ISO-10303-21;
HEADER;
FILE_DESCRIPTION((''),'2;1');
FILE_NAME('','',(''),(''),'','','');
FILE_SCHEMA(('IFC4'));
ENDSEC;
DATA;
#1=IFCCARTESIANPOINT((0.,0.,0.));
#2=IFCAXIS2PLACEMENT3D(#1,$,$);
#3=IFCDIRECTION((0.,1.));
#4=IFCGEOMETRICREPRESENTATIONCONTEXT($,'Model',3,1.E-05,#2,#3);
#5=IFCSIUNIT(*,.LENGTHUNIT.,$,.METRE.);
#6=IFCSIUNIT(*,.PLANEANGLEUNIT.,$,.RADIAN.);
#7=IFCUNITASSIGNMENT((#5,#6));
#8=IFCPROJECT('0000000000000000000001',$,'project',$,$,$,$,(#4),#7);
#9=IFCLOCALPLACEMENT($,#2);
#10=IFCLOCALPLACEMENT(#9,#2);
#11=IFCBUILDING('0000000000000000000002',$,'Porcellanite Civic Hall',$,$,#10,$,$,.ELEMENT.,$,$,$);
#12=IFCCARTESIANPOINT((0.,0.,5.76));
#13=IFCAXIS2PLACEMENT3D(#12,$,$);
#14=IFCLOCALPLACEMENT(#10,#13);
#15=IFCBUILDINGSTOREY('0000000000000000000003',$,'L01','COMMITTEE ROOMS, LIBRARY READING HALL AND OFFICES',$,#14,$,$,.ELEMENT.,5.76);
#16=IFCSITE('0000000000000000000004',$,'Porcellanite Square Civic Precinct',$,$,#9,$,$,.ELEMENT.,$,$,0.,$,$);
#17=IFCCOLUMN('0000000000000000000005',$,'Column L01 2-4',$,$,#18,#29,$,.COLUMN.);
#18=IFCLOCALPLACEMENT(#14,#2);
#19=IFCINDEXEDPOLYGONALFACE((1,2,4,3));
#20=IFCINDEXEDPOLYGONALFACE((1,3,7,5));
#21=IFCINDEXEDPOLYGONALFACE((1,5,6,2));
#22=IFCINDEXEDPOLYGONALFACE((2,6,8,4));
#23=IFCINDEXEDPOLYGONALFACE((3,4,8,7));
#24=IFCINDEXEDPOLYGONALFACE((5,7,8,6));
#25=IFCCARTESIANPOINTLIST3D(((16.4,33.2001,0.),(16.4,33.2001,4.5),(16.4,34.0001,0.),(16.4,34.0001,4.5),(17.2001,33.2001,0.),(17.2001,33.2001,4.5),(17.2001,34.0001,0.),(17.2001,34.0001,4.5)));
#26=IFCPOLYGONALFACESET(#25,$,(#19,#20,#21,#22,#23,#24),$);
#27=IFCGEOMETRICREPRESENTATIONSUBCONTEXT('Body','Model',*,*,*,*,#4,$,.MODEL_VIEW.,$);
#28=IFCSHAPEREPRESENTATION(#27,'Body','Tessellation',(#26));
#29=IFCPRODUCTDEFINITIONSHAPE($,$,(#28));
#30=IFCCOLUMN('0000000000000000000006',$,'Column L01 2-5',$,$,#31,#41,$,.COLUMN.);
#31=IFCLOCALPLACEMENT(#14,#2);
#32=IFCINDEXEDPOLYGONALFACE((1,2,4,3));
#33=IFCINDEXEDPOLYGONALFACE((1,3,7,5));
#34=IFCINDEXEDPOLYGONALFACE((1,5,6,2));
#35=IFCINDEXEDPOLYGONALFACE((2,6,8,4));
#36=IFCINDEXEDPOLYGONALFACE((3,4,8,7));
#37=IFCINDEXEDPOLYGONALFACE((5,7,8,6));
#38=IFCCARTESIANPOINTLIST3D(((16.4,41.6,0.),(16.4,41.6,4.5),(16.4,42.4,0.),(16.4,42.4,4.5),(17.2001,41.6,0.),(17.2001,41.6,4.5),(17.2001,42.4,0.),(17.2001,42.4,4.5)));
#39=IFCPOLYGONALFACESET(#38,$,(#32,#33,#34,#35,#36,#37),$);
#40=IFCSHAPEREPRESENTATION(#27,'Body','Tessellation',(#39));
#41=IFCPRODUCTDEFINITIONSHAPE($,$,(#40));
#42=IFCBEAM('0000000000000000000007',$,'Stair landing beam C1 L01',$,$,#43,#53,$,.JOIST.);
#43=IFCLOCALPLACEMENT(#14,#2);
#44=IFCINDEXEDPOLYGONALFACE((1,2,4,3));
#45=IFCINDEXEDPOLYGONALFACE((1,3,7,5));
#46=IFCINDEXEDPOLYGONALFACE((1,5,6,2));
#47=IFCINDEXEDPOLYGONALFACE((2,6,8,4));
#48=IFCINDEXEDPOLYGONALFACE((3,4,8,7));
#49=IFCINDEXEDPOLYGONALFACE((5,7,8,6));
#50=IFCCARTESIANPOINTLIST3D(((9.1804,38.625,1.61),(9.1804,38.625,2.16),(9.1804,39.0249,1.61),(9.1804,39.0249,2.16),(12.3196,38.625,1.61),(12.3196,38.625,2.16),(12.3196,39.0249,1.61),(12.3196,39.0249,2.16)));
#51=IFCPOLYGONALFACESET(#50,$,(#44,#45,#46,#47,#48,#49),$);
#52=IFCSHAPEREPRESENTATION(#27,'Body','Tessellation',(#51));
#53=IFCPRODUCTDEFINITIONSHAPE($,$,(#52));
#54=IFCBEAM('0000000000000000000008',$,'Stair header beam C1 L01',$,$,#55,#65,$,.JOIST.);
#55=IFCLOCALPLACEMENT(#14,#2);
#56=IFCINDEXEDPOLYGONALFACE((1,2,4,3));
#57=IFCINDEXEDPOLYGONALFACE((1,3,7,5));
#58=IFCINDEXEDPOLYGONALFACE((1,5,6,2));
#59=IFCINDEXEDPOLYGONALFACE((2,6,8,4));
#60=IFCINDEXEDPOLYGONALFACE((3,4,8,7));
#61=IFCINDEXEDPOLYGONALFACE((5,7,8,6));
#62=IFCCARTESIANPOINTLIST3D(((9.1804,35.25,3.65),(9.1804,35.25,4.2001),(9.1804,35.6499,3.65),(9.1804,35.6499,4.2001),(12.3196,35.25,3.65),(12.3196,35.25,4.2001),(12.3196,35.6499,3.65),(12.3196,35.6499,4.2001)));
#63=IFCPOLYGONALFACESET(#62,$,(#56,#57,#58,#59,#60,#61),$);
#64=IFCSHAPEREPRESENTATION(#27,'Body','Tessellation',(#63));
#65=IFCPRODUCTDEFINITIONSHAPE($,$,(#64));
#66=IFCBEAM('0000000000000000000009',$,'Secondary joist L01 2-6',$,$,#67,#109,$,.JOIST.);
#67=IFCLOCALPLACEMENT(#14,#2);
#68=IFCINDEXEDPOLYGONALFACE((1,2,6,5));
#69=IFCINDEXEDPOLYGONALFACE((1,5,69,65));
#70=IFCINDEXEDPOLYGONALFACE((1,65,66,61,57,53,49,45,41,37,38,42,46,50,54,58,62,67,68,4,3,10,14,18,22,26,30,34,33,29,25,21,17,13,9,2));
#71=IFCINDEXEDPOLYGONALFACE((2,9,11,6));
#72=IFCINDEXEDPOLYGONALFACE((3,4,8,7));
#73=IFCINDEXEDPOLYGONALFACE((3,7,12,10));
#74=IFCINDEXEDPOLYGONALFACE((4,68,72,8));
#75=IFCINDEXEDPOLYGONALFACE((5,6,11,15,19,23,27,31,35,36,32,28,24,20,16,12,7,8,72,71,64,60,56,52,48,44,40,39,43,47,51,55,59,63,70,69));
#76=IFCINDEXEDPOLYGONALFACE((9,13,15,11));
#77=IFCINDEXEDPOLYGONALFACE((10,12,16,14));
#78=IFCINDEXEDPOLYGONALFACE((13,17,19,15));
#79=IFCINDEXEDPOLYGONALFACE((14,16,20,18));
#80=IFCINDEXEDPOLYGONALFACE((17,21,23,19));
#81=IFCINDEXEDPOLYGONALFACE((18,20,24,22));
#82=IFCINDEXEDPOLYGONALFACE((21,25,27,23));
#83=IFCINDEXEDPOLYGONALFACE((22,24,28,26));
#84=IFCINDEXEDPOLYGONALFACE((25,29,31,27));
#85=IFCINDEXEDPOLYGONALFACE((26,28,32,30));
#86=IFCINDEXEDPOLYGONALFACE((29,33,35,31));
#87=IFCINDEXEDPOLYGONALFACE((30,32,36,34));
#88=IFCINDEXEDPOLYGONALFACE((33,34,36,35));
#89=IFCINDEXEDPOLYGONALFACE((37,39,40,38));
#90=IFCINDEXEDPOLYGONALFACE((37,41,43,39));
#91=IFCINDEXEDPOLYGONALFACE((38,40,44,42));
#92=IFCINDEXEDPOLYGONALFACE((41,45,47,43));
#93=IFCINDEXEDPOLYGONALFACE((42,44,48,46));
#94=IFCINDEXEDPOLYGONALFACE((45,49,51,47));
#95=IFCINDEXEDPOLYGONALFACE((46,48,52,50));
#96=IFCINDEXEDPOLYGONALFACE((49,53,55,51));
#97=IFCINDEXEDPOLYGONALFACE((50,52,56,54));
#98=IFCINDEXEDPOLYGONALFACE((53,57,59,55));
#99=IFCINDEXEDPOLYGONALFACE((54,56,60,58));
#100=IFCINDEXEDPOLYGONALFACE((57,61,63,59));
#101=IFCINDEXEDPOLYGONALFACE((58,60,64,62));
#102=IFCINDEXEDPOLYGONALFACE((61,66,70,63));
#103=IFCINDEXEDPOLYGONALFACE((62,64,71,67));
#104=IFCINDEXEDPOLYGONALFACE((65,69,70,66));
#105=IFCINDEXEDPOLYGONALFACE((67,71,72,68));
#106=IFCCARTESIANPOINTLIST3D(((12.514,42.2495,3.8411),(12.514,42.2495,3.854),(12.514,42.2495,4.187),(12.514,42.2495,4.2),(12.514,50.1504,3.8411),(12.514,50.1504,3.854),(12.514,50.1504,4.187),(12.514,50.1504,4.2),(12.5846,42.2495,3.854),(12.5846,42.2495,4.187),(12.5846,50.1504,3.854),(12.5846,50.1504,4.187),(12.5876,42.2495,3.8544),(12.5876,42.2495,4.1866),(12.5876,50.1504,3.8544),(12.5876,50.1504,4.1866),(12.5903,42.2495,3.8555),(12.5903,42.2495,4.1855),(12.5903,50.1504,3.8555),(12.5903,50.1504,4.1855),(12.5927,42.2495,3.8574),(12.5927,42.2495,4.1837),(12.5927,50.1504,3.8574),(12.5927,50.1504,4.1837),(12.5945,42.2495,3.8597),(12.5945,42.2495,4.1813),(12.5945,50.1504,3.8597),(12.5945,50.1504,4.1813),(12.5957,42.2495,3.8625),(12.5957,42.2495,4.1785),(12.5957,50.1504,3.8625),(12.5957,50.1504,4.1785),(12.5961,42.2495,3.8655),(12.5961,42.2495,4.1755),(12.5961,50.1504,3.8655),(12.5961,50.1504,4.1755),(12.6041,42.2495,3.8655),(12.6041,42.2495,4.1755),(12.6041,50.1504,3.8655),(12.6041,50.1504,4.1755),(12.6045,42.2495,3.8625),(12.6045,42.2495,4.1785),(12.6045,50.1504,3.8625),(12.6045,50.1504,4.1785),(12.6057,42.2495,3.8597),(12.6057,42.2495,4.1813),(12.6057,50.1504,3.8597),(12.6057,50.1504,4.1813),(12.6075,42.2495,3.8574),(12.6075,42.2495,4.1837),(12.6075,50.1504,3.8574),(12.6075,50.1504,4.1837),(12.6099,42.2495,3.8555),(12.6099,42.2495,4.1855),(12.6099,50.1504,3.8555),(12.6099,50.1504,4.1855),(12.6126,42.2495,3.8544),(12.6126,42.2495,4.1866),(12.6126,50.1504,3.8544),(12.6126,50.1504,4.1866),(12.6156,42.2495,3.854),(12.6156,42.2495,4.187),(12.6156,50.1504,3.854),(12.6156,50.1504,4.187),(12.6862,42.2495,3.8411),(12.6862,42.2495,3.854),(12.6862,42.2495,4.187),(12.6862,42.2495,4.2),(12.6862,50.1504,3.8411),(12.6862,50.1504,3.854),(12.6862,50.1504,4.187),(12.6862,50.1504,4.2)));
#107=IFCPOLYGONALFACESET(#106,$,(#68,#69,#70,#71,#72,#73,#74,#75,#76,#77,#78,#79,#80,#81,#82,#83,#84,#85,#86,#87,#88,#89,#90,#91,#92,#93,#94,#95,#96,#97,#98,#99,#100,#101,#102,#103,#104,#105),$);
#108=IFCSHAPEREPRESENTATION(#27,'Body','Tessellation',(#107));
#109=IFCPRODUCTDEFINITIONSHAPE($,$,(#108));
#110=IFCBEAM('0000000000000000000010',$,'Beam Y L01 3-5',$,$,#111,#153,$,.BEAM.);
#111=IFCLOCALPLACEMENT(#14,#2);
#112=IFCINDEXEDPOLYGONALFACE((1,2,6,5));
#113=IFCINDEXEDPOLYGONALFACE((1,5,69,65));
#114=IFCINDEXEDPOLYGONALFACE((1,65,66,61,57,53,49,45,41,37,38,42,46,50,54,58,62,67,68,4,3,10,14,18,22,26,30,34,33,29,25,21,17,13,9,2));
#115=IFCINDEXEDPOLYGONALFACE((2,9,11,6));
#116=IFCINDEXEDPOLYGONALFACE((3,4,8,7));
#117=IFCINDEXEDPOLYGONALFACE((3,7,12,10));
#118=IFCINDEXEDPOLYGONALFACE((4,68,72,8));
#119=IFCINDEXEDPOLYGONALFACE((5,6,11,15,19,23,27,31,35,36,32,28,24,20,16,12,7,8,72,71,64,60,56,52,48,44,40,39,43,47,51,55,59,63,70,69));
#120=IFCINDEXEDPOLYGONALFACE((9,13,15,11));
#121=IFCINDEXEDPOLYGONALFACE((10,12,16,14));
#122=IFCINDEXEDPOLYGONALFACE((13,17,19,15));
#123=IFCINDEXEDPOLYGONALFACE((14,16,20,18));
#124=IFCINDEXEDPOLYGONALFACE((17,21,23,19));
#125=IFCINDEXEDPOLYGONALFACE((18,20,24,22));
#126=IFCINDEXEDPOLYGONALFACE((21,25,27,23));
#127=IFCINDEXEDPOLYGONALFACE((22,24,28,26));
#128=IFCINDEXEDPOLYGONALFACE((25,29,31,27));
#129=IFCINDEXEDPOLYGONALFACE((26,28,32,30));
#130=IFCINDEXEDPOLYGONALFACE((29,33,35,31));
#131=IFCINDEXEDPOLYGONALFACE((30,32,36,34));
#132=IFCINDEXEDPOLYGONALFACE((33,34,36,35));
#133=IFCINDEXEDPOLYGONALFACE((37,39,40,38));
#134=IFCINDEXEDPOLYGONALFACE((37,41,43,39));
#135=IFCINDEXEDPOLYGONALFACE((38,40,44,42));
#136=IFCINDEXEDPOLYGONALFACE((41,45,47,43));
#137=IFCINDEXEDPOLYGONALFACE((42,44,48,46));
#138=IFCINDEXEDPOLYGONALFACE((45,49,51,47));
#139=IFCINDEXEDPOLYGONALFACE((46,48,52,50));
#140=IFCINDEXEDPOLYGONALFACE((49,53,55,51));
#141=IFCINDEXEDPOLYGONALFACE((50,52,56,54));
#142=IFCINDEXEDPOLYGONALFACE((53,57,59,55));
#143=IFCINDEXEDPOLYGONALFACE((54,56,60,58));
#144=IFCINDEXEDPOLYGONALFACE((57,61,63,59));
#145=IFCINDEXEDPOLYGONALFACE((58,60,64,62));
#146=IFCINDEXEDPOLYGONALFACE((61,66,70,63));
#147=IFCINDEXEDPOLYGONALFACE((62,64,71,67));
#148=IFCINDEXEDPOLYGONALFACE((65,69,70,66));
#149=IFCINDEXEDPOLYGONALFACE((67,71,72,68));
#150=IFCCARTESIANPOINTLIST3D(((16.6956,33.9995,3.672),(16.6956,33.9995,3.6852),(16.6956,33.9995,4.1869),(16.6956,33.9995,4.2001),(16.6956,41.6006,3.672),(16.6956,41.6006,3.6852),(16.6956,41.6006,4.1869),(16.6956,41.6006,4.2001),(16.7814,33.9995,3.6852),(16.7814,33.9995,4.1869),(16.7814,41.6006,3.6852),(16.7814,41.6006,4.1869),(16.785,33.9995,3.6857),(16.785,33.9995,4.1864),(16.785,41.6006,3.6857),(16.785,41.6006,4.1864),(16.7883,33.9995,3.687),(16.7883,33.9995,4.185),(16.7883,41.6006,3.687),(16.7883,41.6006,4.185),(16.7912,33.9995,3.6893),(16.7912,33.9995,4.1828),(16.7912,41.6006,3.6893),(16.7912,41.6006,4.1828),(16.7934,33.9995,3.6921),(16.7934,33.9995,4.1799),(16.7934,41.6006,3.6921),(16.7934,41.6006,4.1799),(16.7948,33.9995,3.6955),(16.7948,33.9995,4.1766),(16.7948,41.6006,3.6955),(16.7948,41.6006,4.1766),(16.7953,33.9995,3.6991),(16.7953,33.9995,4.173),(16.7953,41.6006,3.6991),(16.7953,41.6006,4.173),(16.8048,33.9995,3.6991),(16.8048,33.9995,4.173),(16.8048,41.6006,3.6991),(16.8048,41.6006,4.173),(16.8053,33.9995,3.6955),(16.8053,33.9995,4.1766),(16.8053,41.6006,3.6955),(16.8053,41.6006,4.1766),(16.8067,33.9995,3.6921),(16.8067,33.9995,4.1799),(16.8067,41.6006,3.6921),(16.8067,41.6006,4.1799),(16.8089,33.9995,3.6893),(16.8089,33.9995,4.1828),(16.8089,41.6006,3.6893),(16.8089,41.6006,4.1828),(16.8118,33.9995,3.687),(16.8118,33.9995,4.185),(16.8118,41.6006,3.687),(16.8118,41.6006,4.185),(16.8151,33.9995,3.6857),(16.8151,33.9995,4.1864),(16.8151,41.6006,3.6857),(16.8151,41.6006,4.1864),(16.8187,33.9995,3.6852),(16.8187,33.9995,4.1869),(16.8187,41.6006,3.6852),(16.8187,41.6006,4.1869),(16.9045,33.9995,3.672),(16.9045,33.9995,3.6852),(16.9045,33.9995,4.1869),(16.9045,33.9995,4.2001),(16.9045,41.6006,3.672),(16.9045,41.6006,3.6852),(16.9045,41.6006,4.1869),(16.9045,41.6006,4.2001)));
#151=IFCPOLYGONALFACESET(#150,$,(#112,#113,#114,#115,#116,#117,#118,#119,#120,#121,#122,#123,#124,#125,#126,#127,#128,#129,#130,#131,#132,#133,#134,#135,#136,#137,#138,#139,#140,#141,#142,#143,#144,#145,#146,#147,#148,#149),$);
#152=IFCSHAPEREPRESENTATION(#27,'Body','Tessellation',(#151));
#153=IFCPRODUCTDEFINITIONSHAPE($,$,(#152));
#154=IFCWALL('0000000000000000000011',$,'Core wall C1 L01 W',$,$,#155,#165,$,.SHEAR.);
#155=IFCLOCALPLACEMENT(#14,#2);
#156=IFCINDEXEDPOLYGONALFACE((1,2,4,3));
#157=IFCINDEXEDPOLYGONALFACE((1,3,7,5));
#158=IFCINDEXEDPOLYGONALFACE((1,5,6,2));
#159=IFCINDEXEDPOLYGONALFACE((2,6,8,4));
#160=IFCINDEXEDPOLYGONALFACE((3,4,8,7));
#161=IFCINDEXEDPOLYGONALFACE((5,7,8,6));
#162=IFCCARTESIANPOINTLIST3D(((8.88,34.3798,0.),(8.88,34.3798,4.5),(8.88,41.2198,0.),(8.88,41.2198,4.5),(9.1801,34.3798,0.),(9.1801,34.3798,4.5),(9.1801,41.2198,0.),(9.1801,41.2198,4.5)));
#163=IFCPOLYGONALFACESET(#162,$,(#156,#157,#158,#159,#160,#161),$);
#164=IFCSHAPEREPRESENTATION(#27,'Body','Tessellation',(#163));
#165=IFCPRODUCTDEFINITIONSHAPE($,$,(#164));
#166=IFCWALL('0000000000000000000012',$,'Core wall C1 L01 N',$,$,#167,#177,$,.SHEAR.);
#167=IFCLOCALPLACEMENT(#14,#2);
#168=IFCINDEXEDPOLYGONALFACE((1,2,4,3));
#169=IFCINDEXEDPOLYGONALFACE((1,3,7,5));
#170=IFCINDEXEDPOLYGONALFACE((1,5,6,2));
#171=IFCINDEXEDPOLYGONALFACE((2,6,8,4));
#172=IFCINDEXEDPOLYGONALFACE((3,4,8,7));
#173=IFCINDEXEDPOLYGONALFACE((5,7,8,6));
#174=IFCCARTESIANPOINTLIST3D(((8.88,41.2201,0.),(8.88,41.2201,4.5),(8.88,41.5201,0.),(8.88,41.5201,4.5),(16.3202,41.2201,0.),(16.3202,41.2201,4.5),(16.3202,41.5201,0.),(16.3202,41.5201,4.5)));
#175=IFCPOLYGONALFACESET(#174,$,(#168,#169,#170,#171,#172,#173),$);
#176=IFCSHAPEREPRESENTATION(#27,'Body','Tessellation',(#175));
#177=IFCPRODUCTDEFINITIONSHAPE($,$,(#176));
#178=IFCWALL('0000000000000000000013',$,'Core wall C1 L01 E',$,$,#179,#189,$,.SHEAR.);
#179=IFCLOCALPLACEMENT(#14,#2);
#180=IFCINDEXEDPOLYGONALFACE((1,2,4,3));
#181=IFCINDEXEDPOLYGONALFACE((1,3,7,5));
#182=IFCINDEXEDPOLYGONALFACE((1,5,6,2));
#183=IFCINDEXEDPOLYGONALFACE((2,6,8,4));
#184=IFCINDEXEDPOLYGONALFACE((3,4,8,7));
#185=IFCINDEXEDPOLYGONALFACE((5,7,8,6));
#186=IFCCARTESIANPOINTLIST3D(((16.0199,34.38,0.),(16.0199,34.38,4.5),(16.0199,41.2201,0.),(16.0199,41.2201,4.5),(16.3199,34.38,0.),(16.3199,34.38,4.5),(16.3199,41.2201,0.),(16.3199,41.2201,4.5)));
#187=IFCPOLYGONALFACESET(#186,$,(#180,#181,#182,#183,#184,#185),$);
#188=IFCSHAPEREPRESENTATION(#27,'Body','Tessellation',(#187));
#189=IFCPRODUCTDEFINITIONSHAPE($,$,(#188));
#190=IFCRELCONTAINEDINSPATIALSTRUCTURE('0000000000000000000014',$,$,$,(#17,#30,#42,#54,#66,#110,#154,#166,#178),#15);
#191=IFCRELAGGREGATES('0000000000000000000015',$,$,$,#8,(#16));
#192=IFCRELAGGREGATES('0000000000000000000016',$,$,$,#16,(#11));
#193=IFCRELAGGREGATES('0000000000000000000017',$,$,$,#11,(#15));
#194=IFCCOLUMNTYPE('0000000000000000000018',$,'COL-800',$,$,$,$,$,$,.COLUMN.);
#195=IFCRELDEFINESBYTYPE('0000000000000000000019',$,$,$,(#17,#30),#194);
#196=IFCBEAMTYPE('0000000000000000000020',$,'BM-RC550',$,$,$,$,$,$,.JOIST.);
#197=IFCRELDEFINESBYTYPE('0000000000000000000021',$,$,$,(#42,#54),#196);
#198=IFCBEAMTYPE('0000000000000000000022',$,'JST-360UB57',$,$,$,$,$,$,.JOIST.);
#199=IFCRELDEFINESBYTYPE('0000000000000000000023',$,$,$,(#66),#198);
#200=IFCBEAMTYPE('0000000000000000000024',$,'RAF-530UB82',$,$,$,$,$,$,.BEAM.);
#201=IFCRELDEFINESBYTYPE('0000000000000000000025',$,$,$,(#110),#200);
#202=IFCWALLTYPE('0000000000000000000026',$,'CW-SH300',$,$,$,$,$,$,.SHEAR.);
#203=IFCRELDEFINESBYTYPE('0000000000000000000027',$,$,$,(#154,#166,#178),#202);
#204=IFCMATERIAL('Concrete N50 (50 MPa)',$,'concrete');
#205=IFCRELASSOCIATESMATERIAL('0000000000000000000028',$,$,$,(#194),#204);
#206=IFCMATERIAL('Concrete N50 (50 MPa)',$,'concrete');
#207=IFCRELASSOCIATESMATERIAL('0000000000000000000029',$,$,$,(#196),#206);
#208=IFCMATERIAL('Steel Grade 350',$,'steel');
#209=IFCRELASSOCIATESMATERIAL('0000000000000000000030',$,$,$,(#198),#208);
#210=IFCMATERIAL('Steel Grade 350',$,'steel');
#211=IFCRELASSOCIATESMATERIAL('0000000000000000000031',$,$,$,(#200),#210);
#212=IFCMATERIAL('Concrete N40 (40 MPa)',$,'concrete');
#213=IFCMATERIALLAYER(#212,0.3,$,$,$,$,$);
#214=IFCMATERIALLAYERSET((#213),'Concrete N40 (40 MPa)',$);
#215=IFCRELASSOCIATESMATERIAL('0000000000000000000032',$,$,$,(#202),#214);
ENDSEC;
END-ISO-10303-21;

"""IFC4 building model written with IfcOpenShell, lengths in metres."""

from ifc_helpers import new_model, si_unit, direction, frame, frame_2d, origin, origin_2d, place, context, subcontext, project, spatial, rectangle, i_section, extrude, material, layer, layer_set, material_profile, profile_set, type_object, element, save


model = new_model("IFC4")

# Units and contexts
model_context = context("Model", 3, precision=1e-05, world=origin(), true_north=direction((0.0, 1.0)))
body_context = subcontext(model_context, "Body", "Model", "MODEL_VIEW")
ifc_project = project(units=[si_unit("LENGTHUNIT", "METRE"), si_unit("PLANEANGLEUNIT", "RADIAN")], contexts=[model_context])

# Site, building, storey
site_placement = place(None, origin())
site = spatial("IfcSite", under=ifc_project, at=site_placement, Name="Porcellanite Square Civic Precinct", CompositionType="ELEMENT", RefElevation=0.0)
building_placement = place(site_placement, origin())
building = spatial("IfcBuilding", under=site, at=building_placement, Name="Porcellanite Civic Hall", CompositionType="ELEMENT")
storey_placement = place(building_placement, frame((0.0, 0.0, 5.76)))
storey = spatial("IfcBuildingStorey", under=building, at=storey_placement, Name="L01", Description="COMMITTEE ROOMS, LIBRARY READING HALL AND OFFICES", CompositionType="ELEMENT", Elevation=5.76)

# Columns
ifc_material_1 = material(Name="Concrete N50 (50 MPa)", Category="concrete")
ifc_material_profile_1 = material_profile(ifc_material_1, rectangle(XDim=0.8, YDim=0.8, at=origin_2d()), Name="RC-800x800")
ifc_profile_set_1 = profile_set([ifc_material_profile_1], Name="Concrete N50 (50 MPa)")
column_type = type_object("IfcColumnType", Name="COL-800", PredefinedType="COLUMN", material=ifc_profile_set_1)
for number, where, z_axis, x_axis, name in (
    (1, (16.8, 33.6001, 0.0), (0.0, 0.0, 1.0), (1.0, 0.0, 0.0), "Column L01 2-4"),
    (2, (16.8, 42.0, 0.0), (0.0, 0.0, 1.0), (1.0, 0.0, 0.0), "Column L01 2-5"),
):
    element("IfcColumn", number, at=place(storey_placement, frame(where, z_axis=z_axis, x_axis=x_axis)), inside=storey, type_object=column_type, Name=name, PredefinedType="COLUMN", context=body_context, shape_type="SweptSolid", body=[
        extrude(rectangle(XDim=0.8, YDim=0.8, at=origin_2d()), origin(), (0.0, 0.0, 1.0), 4.5),
    ])

# Beams
ifc_material_2 = material(Name="Concrete N50 (50 MPa)", Category="concrete")
ifc_material_profile_2 = material_profile(ifc_material_2, rectangle(XDim=0.3999, YDim=0.55, at=origin_2d()), Name="RC-400x550")
ifc_profile_set_2 = profile_set([ifc_material_profile_2], Name="Concrete N50 (50 MPa)")
beam_type_1 = type_object("IfcBeamType", Name="BM-RC550", PredefinedType="JOIST", material=ifc_profile_set_2)
for number, where, z_axis, x_axis, name in (
    (3, (9.1804, 38.825, 1.885), (1.0, 0.0, 0.0), (0.0, 1.0, 0.0), "Stair landing beam C1 L01"),
    (4, (9.1804, 35.45, 3.925), (1.0, 0.0, 0.0), (0.0, 1.0, 0.0), "Stair header beam C1 L01"),
):
    element("IfcBeam", number, at=place(storey_placement, frame(where, z_axis=z_axis, x_axis=x_axis)), inside=storey, type_object=beam_type_1, Name=name, PredefinedType="JOIST", context=body_context, shape_type="SweptSolid", body=[
        extrude(rectangle(XDim=0.3999, YDim=0.55, at=origin_2d()), origin(), (0.0, 0.0, 1.0), 3.1392),
    ])
ifc_material_3 = material(Name="Steel Grade 350", Category="steel")
ifc_material_profile_3 = material_profile(ifc_material_3, i_section(OverallWidth=0.1721, OverallDepth=0.3589, WebThickness=0.0081, FlangeThickness=0.0129, FilletRadius=0.0115, at=origin_2d()), Name="360UB56.7")
ifc_profile_set_3 = profile_set([ifc_material_profile_3], Name="Steel Grade 350")
beam_type_2 = type_object("IfcBeamType", Name="JST-360UB57", PredefinedType="JOIST", material=ifc_profile_set_3)
beam_1_placement = place(storey_placement, frame((12.6001, 42.2495, 4.0205), z_axis=(0.0, 1.0, 0.0), x_axis=(-1.0, 0.0, 0.0)))
element("IfcBeam", 5, at=beam_1_placement, inside=storey, type_object=beam_type_2, Name="Secondary joist L01 2-6", PredefinedType="JOIST", context=body_context, shape_type="SweptSolid", body=[
    extrude(i_section(OverallWidth=0.1721, OverallDepth=0.3589, WebThickness=0.0081, FlangeThickness=0.0129, FilletRadius=0.0115, at=origin_2d()), origin(), (0.0, 0.0, 1.0), 7.9009),
])
ifc_material_4 = material(Name="Steel Grade 350", Category="steel")
ifc_material_profile_4 = material_profile(ifc_material_4, i_section(OverallWidth=0.209, OverallDepth=0.5281, WebThickness=0.0095, FlangeThickness=0.0132, FilletRadius=0.0139, at=origin_2d()), Name="530UB82.0")
ifc_profile_set_4 = profile_set([ifc_material_profile_4], Name="Steel Grade 350")
beam_type_3 = type_object("IfcBeamType", Name="RAF-530UB82", PredefinedType="BEAM", material=ifc_profile_set_4)
beam_2_placement = place(storey_placement, frame((16.8, 33.9995, 3.936), z_axis=(0.0, 1.0, 0.0), x_axis=(-1.0, 0.0, 0.0)))
element("IfcBeam", 6, at=beam_2_placement, inside=storey, type_object=beam_type_3, Name="Beam Y L01 3-5", PredefinedType="BEAM", context=body_context, shape_type="SweptSolid", body=[
    extrude(i_section(OverallWidth=0.209, OverallDepth=0.5281, WebThickness=0.0095, FlangeThickness=0.0132, FilletRadius=0.0139, at=origin_2d()), origin(), (0.0, 0.0, 1.0), 7.6011),
])

# Shared definitions
ifc_material_5 = material(Name="Concrete N40 (40 MPa)", Category="concrete")
ifc_layer_1 = layer(ifc_material_5, 0.3)
ifc_layer_set_1 = layer_set([ifc_layer_1], Name="Concrete N40 (40 MPa)")
wall_type_1 = type_object("IfcWallType", Name="CW-SH300", PredefinedType="SHEAR", material=ifc_layer_set_1)

# Walls
wall_1_placement = place(storey_placement, frame((9.03, 34.3799, 0.0), z_axis=(0.0, 0.0, 1.0), x_axis=(0.0, 1.0, 0.0)))
element("IfcWall", 7, at=wall_1_placement, inside=storey, type_object=wall_type_1, Name="Core wall C1 L01 W", PredefinedType="SHEAR", context=body_context, shape_type="SweptSolid", body=[
    extrude(rectangle(XDim=6.8401, YDim=0.3, at=frame_2d((3.4199, 0.0))), origin(), (0.0, 0.0, 1.0), 4.5),
])
wall_2_placement = place(storey_placement, frame((8.8799, 41.3701, 0.0), z_axis=(0.0, 0.0, 1.0), x_axis=(1.0, 0.0, 0.0)))
element("IfcWall", 8, at=wall_2_placement, inside=storey, type_object=wall_type_1, Name="Core wall C1 L01 N", PredefinedType="SHEAR", context=body_context, shape_type="SweptSolid", body=[
    extrude(rectangle(XDim=7.4402, YDim=0.3, at=frame_2d((3.7202, 0.0))), origin(), (0.0, 0.0, 1.0), 4.5),
])
wall_3_placement = place(storey_placement, frame((16.1699, 41.22, 0.0), z_axis=(0.0, 0.0, 1.0), x_axis=(0.0, -1.0, 0.0)))
element("IfcWall", 9, at=wall_3_placement, inside=storey, type_object=wall_type_1, Name="Core wall C1 L01 E", PredefinedType="SHEAR", context=body_context, shape_type="SweptSolid", body=[
    extrude(rectangle(XDim=6.8401, YDim=0.3, at=frame_2d((3.4199, 0.0))), origin(), (0.0, 0.0, 1.0), 4.5),
])

save(model, "model.ifc")
